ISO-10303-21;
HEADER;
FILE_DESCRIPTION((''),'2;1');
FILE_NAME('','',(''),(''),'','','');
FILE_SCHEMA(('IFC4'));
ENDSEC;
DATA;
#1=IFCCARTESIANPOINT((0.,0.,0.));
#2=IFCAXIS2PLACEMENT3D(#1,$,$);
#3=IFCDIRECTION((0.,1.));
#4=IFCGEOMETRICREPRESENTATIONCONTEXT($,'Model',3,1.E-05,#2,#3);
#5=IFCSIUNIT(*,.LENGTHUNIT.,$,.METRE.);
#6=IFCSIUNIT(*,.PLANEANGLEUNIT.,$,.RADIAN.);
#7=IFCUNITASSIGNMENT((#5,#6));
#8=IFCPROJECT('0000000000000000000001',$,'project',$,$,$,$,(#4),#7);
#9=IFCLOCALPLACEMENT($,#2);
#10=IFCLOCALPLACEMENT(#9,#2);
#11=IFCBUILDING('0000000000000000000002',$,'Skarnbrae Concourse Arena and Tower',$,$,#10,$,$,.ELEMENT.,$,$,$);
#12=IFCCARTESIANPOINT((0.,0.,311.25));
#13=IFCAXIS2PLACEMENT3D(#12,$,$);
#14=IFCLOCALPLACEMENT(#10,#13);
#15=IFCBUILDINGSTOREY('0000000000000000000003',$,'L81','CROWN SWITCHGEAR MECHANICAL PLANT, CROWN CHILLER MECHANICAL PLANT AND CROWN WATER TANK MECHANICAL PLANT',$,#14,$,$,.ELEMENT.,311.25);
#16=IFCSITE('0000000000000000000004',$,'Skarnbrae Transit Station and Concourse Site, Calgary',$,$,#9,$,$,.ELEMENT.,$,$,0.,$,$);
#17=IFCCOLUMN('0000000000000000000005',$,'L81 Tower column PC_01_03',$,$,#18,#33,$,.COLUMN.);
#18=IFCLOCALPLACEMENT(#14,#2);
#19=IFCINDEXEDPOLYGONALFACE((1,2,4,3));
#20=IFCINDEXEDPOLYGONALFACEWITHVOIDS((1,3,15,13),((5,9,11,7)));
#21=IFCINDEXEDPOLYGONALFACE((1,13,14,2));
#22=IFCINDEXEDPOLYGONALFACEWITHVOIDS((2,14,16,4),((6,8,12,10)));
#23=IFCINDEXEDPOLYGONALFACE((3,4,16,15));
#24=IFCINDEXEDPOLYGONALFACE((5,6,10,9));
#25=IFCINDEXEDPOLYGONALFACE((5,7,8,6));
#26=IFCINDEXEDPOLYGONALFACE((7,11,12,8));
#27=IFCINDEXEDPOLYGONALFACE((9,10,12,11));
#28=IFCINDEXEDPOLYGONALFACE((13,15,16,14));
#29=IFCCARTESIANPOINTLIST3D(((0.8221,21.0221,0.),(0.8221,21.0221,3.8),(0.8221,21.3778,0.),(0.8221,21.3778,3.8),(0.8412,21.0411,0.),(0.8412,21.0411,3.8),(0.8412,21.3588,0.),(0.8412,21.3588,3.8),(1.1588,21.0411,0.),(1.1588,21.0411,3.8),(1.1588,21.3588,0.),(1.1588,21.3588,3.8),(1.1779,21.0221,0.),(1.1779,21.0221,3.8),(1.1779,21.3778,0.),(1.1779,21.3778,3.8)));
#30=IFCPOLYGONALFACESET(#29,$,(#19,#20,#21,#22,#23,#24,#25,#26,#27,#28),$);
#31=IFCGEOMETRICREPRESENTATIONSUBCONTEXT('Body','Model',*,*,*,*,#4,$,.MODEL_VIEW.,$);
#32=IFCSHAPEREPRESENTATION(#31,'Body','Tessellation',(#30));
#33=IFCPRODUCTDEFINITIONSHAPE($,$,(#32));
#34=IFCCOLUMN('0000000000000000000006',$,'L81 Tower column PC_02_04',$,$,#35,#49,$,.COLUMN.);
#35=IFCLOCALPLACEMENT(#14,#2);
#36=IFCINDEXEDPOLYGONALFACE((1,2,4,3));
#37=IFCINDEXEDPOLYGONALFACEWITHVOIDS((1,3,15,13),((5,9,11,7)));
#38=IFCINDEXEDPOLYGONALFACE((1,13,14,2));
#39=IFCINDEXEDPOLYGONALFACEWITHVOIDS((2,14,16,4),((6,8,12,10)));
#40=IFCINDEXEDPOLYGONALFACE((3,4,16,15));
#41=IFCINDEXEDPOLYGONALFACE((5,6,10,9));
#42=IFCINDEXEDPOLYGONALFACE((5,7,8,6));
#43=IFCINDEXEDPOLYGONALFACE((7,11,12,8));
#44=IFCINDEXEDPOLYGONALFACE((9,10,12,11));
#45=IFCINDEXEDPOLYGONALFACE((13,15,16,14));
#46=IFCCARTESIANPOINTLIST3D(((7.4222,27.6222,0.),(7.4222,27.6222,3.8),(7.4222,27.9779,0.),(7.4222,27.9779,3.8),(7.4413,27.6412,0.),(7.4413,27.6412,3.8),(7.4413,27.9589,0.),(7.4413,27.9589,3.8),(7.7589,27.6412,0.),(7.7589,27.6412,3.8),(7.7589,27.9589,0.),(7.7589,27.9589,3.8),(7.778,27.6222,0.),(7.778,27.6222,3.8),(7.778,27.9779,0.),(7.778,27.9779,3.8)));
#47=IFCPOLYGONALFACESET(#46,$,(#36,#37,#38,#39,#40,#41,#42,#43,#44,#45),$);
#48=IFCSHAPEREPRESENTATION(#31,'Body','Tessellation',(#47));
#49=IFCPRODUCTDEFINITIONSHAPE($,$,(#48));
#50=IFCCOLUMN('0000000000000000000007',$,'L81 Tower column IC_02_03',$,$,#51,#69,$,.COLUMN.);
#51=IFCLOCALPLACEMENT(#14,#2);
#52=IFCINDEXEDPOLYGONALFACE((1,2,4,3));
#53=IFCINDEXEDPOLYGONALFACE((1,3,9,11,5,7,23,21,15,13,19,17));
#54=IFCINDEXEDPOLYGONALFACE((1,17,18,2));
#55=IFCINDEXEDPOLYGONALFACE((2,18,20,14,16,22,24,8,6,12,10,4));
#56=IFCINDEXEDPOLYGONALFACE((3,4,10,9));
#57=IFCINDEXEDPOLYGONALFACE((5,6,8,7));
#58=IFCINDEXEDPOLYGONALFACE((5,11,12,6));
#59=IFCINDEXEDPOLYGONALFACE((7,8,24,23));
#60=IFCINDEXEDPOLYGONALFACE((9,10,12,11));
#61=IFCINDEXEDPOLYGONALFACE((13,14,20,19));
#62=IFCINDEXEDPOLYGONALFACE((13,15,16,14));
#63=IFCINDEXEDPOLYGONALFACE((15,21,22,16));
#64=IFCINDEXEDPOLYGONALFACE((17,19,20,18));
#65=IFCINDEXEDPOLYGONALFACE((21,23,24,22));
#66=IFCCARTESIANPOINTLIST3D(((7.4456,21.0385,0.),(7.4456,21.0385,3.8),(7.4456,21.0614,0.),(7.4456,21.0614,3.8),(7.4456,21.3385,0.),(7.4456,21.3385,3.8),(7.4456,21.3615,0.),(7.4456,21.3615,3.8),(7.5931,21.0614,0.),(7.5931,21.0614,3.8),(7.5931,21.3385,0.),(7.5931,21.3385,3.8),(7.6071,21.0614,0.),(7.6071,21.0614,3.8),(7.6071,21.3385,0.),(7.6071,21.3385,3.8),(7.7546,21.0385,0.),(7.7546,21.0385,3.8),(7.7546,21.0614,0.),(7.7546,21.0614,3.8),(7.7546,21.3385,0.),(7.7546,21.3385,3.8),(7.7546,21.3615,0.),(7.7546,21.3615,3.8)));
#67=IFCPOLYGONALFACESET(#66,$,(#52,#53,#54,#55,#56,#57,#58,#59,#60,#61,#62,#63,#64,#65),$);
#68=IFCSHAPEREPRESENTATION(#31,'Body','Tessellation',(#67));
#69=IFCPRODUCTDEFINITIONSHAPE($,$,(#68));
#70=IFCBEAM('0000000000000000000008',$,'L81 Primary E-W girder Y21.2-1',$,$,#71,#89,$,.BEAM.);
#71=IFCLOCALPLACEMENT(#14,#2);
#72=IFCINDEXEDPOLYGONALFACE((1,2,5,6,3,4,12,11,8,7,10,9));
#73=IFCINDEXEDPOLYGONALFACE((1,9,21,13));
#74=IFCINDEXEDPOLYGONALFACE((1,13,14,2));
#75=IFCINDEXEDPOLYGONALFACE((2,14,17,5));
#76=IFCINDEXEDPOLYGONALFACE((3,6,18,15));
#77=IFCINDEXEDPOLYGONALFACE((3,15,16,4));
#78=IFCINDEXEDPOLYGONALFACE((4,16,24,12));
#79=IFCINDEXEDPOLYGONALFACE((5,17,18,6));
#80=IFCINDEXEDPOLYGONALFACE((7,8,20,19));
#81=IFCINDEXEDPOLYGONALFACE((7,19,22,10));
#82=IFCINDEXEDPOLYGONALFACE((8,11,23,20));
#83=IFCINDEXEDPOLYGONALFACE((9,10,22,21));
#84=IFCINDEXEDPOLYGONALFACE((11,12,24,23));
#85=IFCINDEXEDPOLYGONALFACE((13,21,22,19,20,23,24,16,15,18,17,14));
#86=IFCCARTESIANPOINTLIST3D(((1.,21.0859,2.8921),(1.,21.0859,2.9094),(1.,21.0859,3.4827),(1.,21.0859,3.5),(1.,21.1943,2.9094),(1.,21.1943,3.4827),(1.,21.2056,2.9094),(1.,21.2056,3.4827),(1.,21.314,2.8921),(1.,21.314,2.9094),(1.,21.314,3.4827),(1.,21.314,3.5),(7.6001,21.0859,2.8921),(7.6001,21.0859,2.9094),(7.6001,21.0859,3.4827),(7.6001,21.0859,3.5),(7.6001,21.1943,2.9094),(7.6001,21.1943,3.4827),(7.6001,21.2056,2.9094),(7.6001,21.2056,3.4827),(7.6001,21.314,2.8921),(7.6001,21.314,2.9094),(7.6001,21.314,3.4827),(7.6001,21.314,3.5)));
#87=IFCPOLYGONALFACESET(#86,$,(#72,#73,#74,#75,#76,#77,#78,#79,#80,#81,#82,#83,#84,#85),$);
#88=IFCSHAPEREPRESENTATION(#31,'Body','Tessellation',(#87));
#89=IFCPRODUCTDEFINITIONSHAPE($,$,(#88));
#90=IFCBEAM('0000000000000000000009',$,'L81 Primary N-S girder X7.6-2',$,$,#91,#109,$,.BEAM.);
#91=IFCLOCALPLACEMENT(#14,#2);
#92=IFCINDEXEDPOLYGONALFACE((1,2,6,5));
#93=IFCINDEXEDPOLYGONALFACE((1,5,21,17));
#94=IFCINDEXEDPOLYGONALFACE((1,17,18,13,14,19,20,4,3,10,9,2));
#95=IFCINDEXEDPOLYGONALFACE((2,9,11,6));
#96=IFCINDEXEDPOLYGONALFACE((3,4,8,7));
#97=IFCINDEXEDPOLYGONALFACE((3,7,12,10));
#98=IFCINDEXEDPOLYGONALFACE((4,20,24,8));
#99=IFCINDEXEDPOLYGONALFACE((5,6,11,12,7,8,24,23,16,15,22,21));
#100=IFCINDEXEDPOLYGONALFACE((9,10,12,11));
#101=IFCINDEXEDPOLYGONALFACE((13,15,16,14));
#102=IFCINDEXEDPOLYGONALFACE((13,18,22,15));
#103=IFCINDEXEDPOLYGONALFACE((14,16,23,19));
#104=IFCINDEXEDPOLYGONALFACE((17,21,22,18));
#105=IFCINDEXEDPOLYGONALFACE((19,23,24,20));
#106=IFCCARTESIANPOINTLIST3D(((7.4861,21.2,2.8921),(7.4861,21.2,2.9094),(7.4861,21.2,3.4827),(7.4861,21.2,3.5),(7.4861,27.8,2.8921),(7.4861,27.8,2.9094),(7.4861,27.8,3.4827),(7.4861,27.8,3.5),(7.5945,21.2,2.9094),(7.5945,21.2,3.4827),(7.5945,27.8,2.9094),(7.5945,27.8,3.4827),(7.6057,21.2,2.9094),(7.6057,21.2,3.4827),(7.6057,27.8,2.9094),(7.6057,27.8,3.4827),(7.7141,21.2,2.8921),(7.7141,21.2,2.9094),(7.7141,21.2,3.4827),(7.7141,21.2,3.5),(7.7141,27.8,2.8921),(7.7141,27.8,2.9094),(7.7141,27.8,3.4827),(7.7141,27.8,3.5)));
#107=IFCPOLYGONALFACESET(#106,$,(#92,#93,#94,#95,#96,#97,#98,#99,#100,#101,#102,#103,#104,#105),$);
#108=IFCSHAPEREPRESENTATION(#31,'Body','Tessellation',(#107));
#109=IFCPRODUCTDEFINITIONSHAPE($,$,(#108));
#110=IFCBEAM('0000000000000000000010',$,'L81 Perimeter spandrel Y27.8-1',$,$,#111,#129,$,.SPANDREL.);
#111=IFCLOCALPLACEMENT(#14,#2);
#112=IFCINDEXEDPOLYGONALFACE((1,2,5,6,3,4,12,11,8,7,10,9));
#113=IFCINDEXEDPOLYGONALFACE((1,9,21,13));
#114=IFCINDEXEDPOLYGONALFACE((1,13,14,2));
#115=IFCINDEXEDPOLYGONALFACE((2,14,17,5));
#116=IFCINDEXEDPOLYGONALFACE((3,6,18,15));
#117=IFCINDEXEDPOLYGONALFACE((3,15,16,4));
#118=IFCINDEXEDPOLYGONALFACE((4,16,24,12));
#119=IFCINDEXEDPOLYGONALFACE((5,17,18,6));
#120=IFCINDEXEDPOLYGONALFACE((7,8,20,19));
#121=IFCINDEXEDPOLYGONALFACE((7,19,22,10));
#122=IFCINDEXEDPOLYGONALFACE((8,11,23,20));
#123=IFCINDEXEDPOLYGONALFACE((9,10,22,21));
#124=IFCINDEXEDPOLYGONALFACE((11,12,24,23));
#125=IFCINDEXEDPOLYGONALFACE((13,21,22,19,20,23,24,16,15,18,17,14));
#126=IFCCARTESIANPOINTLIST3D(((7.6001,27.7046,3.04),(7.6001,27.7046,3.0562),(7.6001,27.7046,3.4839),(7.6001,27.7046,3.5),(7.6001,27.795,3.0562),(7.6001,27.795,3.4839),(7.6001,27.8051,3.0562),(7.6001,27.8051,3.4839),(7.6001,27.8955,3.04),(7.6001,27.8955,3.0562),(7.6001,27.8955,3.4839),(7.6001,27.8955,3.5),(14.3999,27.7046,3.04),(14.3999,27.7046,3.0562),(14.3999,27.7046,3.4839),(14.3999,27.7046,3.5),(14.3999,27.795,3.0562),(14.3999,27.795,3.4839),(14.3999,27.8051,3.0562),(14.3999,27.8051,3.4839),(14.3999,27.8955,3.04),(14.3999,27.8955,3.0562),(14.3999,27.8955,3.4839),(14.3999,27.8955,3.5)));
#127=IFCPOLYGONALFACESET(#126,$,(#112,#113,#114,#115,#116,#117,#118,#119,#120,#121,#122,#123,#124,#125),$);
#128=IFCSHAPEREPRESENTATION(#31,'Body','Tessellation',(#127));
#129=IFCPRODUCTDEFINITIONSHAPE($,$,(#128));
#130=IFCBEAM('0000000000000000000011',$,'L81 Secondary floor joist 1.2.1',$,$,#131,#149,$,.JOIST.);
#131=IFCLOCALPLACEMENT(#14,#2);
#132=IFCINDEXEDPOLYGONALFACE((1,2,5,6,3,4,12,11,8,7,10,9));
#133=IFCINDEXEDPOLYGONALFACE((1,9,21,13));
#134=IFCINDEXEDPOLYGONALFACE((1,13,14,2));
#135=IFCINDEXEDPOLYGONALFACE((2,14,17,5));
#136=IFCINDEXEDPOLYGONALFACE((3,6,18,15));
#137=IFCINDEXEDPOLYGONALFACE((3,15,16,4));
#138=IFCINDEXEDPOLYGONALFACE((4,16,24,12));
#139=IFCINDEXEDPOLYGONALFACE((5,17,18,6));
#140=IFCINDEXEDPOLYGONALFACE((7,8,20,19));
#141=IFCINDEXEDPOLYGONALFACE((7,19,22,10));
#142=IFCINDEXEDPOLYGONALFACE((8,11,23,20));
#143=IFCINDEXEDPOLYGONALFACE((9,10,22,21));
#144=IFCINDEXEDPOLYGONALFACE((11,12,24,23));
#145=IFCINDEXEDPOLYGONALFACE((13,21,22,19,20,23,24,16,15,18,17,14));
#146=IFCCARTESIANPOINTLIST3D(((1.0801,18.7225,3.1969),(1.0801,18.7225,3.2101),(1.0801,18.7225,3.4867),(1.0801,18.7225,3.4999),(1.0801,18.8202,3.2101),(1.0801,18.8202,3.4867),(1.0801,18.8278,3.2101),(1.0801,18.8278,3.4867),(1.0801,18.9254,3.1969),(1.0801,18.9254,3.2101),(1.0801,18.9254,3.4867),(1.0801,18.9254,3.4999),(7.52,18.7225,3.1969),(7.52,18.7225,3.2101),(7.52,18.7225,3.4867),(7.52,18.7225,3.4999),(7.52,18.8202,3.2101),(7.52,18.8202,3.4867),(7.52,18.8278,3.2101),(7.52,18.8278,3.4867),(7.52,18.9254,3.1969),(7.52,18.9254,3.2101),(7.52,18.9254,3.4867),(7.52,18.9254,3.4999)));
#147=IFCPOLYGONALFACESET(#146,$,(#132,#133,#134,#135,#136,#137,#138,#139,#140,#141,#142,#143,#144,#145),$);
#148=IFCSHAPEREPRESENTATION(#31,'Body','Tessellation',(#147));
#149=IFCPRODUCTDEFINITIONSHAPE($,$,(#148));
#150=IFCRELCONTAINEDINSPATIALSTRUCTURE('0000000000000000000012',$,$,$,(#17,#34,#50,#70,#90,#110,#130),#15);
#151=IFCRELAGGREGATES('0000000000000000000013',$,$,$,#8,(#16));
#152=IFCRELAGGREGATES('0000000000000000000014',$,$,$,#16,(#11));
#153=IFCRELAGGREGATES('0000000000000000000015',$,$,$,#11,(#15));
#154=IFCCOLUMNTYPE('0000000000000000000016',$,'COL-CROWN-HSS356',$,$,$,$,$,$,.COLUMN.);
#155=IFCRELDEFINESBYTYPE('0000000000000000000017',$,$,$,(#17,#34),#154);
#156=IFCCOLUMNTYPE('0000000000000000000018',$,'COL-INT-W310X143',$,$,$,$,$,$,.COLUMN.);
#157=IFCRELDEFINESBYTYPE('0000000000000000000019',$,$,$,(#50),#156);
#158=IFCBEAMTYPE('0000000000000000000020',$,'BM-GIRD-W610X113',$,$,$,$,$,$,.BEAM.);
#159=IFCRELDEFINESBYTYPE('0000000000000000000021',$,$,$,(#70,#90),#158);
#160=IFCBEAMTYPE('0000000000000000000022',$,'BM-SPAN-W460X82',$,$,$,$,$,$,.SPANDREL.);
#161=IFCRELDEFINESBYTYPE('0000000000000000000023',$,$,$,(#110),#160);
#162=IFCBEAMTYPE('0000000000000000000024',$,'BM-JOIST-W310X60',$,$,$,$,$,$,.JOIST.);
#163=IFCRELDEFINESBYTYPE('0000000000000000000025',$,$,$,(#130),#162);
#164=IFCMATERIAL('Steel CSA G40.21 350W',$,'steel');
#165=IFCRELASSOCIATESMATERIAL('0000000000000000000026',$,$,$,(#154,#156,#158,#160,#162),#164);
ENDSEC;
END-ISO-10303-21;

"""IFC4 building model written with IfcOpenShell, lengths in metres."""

from ifc_helpers import new_model, si_unit, direction, frame, origin, origin_2d, place, context, subcontext, project, spatial, hollow_rectangle, i_section, extrude, source, transform, mapped, material, material_profile, profile_set, type_object, element, save


model = new_model("IFC4")

# Units and contexts
model_context = context("Model", 3, precision=1e-05, world=origin(), true_north=direction((0.0, 1.0)))
body_context = subcontext(model_context, "Body", "Model", "MODEL_VIEW")
ifc_project = project(units=[si_unit("LENGTHUNIT", "METRE"), si_unit("PLANEANGLEUNIT", "RADIAN")], contexts=[model_context])

# Site, building, storey
site_placement = place(None, origin())
site = spatial("IfcSite", under=ifc_project, at=site_placement, Name="Skarnbrae Transit Station and Concourse Site, Calgary", CompositionType="ELEMENT", RefElevation=0.0)
building_placement = place(site_placement, origin())
building = spatial("IfcBuilding", under=site, at=building_placement, Name="Skarnbrae Concourse Arena and Tower", CompositionType="ELEMENT")
storey_placement = place(building_placement, frame((0.0, 0.0, 311.25)))
storey = spatial("IfcBuildingStorey", under=building, at=storey_placement, Name="L81", Description="CROWN SWITCHGEAR MECHANICAL PLANT, CROWN CHILLER MECHANICAL PLANT AND CROWN WATER TANK MECHANICAL PLANT", CompositionType="ELEMENT", Elevation=311.25)

# Columns
ifc_material_1 = material(Name="Steel CSA G40.21 350W", Category="steel")
ifc_material_profile_1 = material_profile(ifc_material_1, hollow_rectangle(XDim=0.3557, YDim=0.3557, WallThickness=0.019, at=origin_2d()), Name="HSS356X356X19.0")
ifc_profile_set_1 = profile_set([ifc_material_profile_1], Name="Steel CSA G40.21 350W")
column_type_1 = type_object("IfcColumnType", Name="COL-CROWN-HSS356", PredefinedType="COLUMN", material=ifc_profile_set_1)
shared_shape_1 = source(origin(), body_context, "Body", "SweptSolid", [
    extrude(hollow_rectangle(XDim=0.3557, YDim=0.3557, WallThickness=0.019, at=origin_2d()), origin(), (0.0, 0.0, 1.0), 3.8),
])
for number, where, z_axis, x_axis, name in (
    (1, (1.0, 21.2, 0.0), (0.0, 0.0, 1.0), (1.0, 0.0, 0.0), "L81 Tower column PC_01_03"),
    (2, (7.6001, 27.8, 0.0), (0.0, 0.0, 1.0), (1.0, 0.0, 0.0), "L81 Tower column PC_02_04"),
):
    element("IfcColumn", number, at=place(storey_placement, frame(where, z_axis=z_axis, x_axis=x_axis)), inside=storey, type_object=column_type_1, Name=name, PredefinedType="COLUMN", context=body_context, shape_type="MappedRepresentation", body=[
        mapped(shared_shape_1, transform((0.0, 0.0, 0.0))),
    ])
ifc_material_profile_2 = material_profile(ifc_material_1, i_section(OverallWidth=0.3091, OverallDepth=0.323, WebThickness=0.0139, FlangeThickness=0.0229, at=origin_2d()), Name="W310X143")
ifc_profile_set_2 = profile_set([ifc_material_profile_2], Name="Steel CSA G40.21 350W")
column_type_2 = type_object("IfcColumnType", Name="COL-INT-W310X143", PredefinedType="COLUMN", material=ifc_profile_set_2)
shared_shape_2 = source(origin(), body_context, "Body", "SweptSolid", [
    extrude(i_section(OverallWidth=0.3091, OverallDepth=0.323, WebThickness=0.0139, FlangeThickness=0.0229, at=origin_2d()), origin(), (0.0, 0.0, 1.0), 3.8),
])
column_placement = place(storey_placement, frame((7.6001, 21.2, 0.0), z_axis=(0.0, 0.0, 1.0), x_axis=(1.0, 0.0, 0.0)))
element("IfcColumn", 3, at=column_placement, inside=storey, type_object=column_type_2, Name="L81 Tower column IC_02_03", PredefinedType="COLUMN", context=body_context, shape_type="MappedRepresentation", body=[
    mapped(shared_shape_2, transform((0.0, 0.0, 0.0))),
])

# Beams
ifc_material_profile_3 = material_profile(ifc_material_1, i_section(OverallWidth=0.228, OverallDepth=0.6079, WebThickness=0.0112, FlangeThickness=0.0173, at=origin_2d()), Name="W610X113")
ifc_profile_set_3 = profile_set([ifc_material_profile_3], Name="Steel CSA G40.21 350W")
beam_type_1 = type_object("IfcBeamType", Name="BM-GIRD-W610X113", PredefinedType="BEAM", material=ifc_profile_set_3)
shared_shape_3 = source(origin(), body_context, "Body", "SweptSolid", [
    extrude(i_section(OverallWidth=0.228, OverallDepth=0.6079, WebThickness=0.0112, FlangeThickness=0.0173, at=origin_2d()), origin(), (0.0, 0.0, 1.0), 6.6001),
])
for number, where, z_axis, x_axis, name in (
    (4, (1.0, 21.2, 3.196), (1.0, 0.0, 0.0), (0.0, 1.0, 0.0), "L81 Primary E-W girder Y21.2-1"),
    (5, (7.6001, 21.2, 3.196), (0.0, 1.0, 0.0), (-1.0, 0.0, 0.0), "L81 Primary N-S girder X7.6-2"),
):
    element("IfcBeam", number, at=place(storey_placement, frame(where, z_axis=z_axis, x_axis=x_axis)), inside=storey, type_object=beam_type_1, Name=name, PredefinedType="BEAM", context=body_context, shape_type="MappedRepresentation", body=[
        mapped(shared_shape_3, transform((0.0, 0.0, 0.0))),
    ])
ifc_material_profile_4 = material_profile(ifc_material_1, i_section(OverallWidth=0.1909, OverallDepth=0.46, WebThickness=0.01, FlangeThickness=0.0161, at=origin_2d()), Name="W460X82")
ifc_profile_set_4 = profile_set([ifc_material_profile_4], Name="Steel CSA G40.21 350W")
beam_type_2 = type_object("IfcBeamType", Name="BM-SPAN-W460X82", PredefinedType="SPANDREL", material=ifc_profile_set_4)
shared_shape_4 = source(origin(), body_context, "Body", "SweptSolid", [
    extrude(i_section(OverallWidth=0.1909, OverallDepth=0.46, WebThickness=0.01, FlangeThickness=0.0161, at=origin_2d()), origin(), (0.0, 0.0, 1.0), 6.7998),
])
beam_1_placement = place(storey_placement, frame((7.6001, 27.8, 3.27), z_axis=(1.0, 0.0, 0.0), x_axis=(0.0, 1.0, 0.0)))
element("IfcBeam", 6, at=beam_1_placement, inside=storey, type_object=beam_type_2, Name="L81 Perimeter spandrel Y27.8-1", PredefinedType="SPANDREL", context=body_context, shape_type="MappedRepresentation", body=[
    mapped(shared_shape_4, transform((0.0, 0.0, 0.0))),
])
ifc_material_profile_5 = material_profile(ifc_material_1, i_section(OverallWidth=0.2029, OverallDepth=0.303, WebThickness=0.0076, FlangeThickness=0.0132, at=origin_2d()), Name="W310X60")
ifc_profile_set_5 = profile_set([ifc_material_profile_5], Name="Steel CSA G40.21 350W")
beam_type_3 = type_object("IfcBeamType", Name="BM-JOIST-W310X60", PredefinedType="JOIST", material=ifc_profile_set_5)
shared_shape_5 = source(origin(), body_context, "Body", "SweptSolid", [
    extrude(i_section(OverallWidth=0.2029, OverallDepth=0.303, WebThickness=0.0076, FlangeThickness=0.0132, at=origin_2d()), origin(), (0.0, 0.0, 1.0), 6.4399),
])
beam_2_placement = place(storey_placement, frame((1.0801, 18.824, 3.3484), z_axis=(1.0, 0.0, 0.0), x_axis=(0.0, 1.0, 0.0)))
element("IfcBeam", 7, at=beam_2_placement, inside=storey, type_object=beam_type_3, Name="L81 Secondary floor joist 1.2.1", PredefinedType="JOIST", context=body_context, shape_type="MappedRepresentation", body=[
    mapped(shared_shape_5, transform((0.0, 0.0, 0.0))),
])

save(model, "model.ifc")
